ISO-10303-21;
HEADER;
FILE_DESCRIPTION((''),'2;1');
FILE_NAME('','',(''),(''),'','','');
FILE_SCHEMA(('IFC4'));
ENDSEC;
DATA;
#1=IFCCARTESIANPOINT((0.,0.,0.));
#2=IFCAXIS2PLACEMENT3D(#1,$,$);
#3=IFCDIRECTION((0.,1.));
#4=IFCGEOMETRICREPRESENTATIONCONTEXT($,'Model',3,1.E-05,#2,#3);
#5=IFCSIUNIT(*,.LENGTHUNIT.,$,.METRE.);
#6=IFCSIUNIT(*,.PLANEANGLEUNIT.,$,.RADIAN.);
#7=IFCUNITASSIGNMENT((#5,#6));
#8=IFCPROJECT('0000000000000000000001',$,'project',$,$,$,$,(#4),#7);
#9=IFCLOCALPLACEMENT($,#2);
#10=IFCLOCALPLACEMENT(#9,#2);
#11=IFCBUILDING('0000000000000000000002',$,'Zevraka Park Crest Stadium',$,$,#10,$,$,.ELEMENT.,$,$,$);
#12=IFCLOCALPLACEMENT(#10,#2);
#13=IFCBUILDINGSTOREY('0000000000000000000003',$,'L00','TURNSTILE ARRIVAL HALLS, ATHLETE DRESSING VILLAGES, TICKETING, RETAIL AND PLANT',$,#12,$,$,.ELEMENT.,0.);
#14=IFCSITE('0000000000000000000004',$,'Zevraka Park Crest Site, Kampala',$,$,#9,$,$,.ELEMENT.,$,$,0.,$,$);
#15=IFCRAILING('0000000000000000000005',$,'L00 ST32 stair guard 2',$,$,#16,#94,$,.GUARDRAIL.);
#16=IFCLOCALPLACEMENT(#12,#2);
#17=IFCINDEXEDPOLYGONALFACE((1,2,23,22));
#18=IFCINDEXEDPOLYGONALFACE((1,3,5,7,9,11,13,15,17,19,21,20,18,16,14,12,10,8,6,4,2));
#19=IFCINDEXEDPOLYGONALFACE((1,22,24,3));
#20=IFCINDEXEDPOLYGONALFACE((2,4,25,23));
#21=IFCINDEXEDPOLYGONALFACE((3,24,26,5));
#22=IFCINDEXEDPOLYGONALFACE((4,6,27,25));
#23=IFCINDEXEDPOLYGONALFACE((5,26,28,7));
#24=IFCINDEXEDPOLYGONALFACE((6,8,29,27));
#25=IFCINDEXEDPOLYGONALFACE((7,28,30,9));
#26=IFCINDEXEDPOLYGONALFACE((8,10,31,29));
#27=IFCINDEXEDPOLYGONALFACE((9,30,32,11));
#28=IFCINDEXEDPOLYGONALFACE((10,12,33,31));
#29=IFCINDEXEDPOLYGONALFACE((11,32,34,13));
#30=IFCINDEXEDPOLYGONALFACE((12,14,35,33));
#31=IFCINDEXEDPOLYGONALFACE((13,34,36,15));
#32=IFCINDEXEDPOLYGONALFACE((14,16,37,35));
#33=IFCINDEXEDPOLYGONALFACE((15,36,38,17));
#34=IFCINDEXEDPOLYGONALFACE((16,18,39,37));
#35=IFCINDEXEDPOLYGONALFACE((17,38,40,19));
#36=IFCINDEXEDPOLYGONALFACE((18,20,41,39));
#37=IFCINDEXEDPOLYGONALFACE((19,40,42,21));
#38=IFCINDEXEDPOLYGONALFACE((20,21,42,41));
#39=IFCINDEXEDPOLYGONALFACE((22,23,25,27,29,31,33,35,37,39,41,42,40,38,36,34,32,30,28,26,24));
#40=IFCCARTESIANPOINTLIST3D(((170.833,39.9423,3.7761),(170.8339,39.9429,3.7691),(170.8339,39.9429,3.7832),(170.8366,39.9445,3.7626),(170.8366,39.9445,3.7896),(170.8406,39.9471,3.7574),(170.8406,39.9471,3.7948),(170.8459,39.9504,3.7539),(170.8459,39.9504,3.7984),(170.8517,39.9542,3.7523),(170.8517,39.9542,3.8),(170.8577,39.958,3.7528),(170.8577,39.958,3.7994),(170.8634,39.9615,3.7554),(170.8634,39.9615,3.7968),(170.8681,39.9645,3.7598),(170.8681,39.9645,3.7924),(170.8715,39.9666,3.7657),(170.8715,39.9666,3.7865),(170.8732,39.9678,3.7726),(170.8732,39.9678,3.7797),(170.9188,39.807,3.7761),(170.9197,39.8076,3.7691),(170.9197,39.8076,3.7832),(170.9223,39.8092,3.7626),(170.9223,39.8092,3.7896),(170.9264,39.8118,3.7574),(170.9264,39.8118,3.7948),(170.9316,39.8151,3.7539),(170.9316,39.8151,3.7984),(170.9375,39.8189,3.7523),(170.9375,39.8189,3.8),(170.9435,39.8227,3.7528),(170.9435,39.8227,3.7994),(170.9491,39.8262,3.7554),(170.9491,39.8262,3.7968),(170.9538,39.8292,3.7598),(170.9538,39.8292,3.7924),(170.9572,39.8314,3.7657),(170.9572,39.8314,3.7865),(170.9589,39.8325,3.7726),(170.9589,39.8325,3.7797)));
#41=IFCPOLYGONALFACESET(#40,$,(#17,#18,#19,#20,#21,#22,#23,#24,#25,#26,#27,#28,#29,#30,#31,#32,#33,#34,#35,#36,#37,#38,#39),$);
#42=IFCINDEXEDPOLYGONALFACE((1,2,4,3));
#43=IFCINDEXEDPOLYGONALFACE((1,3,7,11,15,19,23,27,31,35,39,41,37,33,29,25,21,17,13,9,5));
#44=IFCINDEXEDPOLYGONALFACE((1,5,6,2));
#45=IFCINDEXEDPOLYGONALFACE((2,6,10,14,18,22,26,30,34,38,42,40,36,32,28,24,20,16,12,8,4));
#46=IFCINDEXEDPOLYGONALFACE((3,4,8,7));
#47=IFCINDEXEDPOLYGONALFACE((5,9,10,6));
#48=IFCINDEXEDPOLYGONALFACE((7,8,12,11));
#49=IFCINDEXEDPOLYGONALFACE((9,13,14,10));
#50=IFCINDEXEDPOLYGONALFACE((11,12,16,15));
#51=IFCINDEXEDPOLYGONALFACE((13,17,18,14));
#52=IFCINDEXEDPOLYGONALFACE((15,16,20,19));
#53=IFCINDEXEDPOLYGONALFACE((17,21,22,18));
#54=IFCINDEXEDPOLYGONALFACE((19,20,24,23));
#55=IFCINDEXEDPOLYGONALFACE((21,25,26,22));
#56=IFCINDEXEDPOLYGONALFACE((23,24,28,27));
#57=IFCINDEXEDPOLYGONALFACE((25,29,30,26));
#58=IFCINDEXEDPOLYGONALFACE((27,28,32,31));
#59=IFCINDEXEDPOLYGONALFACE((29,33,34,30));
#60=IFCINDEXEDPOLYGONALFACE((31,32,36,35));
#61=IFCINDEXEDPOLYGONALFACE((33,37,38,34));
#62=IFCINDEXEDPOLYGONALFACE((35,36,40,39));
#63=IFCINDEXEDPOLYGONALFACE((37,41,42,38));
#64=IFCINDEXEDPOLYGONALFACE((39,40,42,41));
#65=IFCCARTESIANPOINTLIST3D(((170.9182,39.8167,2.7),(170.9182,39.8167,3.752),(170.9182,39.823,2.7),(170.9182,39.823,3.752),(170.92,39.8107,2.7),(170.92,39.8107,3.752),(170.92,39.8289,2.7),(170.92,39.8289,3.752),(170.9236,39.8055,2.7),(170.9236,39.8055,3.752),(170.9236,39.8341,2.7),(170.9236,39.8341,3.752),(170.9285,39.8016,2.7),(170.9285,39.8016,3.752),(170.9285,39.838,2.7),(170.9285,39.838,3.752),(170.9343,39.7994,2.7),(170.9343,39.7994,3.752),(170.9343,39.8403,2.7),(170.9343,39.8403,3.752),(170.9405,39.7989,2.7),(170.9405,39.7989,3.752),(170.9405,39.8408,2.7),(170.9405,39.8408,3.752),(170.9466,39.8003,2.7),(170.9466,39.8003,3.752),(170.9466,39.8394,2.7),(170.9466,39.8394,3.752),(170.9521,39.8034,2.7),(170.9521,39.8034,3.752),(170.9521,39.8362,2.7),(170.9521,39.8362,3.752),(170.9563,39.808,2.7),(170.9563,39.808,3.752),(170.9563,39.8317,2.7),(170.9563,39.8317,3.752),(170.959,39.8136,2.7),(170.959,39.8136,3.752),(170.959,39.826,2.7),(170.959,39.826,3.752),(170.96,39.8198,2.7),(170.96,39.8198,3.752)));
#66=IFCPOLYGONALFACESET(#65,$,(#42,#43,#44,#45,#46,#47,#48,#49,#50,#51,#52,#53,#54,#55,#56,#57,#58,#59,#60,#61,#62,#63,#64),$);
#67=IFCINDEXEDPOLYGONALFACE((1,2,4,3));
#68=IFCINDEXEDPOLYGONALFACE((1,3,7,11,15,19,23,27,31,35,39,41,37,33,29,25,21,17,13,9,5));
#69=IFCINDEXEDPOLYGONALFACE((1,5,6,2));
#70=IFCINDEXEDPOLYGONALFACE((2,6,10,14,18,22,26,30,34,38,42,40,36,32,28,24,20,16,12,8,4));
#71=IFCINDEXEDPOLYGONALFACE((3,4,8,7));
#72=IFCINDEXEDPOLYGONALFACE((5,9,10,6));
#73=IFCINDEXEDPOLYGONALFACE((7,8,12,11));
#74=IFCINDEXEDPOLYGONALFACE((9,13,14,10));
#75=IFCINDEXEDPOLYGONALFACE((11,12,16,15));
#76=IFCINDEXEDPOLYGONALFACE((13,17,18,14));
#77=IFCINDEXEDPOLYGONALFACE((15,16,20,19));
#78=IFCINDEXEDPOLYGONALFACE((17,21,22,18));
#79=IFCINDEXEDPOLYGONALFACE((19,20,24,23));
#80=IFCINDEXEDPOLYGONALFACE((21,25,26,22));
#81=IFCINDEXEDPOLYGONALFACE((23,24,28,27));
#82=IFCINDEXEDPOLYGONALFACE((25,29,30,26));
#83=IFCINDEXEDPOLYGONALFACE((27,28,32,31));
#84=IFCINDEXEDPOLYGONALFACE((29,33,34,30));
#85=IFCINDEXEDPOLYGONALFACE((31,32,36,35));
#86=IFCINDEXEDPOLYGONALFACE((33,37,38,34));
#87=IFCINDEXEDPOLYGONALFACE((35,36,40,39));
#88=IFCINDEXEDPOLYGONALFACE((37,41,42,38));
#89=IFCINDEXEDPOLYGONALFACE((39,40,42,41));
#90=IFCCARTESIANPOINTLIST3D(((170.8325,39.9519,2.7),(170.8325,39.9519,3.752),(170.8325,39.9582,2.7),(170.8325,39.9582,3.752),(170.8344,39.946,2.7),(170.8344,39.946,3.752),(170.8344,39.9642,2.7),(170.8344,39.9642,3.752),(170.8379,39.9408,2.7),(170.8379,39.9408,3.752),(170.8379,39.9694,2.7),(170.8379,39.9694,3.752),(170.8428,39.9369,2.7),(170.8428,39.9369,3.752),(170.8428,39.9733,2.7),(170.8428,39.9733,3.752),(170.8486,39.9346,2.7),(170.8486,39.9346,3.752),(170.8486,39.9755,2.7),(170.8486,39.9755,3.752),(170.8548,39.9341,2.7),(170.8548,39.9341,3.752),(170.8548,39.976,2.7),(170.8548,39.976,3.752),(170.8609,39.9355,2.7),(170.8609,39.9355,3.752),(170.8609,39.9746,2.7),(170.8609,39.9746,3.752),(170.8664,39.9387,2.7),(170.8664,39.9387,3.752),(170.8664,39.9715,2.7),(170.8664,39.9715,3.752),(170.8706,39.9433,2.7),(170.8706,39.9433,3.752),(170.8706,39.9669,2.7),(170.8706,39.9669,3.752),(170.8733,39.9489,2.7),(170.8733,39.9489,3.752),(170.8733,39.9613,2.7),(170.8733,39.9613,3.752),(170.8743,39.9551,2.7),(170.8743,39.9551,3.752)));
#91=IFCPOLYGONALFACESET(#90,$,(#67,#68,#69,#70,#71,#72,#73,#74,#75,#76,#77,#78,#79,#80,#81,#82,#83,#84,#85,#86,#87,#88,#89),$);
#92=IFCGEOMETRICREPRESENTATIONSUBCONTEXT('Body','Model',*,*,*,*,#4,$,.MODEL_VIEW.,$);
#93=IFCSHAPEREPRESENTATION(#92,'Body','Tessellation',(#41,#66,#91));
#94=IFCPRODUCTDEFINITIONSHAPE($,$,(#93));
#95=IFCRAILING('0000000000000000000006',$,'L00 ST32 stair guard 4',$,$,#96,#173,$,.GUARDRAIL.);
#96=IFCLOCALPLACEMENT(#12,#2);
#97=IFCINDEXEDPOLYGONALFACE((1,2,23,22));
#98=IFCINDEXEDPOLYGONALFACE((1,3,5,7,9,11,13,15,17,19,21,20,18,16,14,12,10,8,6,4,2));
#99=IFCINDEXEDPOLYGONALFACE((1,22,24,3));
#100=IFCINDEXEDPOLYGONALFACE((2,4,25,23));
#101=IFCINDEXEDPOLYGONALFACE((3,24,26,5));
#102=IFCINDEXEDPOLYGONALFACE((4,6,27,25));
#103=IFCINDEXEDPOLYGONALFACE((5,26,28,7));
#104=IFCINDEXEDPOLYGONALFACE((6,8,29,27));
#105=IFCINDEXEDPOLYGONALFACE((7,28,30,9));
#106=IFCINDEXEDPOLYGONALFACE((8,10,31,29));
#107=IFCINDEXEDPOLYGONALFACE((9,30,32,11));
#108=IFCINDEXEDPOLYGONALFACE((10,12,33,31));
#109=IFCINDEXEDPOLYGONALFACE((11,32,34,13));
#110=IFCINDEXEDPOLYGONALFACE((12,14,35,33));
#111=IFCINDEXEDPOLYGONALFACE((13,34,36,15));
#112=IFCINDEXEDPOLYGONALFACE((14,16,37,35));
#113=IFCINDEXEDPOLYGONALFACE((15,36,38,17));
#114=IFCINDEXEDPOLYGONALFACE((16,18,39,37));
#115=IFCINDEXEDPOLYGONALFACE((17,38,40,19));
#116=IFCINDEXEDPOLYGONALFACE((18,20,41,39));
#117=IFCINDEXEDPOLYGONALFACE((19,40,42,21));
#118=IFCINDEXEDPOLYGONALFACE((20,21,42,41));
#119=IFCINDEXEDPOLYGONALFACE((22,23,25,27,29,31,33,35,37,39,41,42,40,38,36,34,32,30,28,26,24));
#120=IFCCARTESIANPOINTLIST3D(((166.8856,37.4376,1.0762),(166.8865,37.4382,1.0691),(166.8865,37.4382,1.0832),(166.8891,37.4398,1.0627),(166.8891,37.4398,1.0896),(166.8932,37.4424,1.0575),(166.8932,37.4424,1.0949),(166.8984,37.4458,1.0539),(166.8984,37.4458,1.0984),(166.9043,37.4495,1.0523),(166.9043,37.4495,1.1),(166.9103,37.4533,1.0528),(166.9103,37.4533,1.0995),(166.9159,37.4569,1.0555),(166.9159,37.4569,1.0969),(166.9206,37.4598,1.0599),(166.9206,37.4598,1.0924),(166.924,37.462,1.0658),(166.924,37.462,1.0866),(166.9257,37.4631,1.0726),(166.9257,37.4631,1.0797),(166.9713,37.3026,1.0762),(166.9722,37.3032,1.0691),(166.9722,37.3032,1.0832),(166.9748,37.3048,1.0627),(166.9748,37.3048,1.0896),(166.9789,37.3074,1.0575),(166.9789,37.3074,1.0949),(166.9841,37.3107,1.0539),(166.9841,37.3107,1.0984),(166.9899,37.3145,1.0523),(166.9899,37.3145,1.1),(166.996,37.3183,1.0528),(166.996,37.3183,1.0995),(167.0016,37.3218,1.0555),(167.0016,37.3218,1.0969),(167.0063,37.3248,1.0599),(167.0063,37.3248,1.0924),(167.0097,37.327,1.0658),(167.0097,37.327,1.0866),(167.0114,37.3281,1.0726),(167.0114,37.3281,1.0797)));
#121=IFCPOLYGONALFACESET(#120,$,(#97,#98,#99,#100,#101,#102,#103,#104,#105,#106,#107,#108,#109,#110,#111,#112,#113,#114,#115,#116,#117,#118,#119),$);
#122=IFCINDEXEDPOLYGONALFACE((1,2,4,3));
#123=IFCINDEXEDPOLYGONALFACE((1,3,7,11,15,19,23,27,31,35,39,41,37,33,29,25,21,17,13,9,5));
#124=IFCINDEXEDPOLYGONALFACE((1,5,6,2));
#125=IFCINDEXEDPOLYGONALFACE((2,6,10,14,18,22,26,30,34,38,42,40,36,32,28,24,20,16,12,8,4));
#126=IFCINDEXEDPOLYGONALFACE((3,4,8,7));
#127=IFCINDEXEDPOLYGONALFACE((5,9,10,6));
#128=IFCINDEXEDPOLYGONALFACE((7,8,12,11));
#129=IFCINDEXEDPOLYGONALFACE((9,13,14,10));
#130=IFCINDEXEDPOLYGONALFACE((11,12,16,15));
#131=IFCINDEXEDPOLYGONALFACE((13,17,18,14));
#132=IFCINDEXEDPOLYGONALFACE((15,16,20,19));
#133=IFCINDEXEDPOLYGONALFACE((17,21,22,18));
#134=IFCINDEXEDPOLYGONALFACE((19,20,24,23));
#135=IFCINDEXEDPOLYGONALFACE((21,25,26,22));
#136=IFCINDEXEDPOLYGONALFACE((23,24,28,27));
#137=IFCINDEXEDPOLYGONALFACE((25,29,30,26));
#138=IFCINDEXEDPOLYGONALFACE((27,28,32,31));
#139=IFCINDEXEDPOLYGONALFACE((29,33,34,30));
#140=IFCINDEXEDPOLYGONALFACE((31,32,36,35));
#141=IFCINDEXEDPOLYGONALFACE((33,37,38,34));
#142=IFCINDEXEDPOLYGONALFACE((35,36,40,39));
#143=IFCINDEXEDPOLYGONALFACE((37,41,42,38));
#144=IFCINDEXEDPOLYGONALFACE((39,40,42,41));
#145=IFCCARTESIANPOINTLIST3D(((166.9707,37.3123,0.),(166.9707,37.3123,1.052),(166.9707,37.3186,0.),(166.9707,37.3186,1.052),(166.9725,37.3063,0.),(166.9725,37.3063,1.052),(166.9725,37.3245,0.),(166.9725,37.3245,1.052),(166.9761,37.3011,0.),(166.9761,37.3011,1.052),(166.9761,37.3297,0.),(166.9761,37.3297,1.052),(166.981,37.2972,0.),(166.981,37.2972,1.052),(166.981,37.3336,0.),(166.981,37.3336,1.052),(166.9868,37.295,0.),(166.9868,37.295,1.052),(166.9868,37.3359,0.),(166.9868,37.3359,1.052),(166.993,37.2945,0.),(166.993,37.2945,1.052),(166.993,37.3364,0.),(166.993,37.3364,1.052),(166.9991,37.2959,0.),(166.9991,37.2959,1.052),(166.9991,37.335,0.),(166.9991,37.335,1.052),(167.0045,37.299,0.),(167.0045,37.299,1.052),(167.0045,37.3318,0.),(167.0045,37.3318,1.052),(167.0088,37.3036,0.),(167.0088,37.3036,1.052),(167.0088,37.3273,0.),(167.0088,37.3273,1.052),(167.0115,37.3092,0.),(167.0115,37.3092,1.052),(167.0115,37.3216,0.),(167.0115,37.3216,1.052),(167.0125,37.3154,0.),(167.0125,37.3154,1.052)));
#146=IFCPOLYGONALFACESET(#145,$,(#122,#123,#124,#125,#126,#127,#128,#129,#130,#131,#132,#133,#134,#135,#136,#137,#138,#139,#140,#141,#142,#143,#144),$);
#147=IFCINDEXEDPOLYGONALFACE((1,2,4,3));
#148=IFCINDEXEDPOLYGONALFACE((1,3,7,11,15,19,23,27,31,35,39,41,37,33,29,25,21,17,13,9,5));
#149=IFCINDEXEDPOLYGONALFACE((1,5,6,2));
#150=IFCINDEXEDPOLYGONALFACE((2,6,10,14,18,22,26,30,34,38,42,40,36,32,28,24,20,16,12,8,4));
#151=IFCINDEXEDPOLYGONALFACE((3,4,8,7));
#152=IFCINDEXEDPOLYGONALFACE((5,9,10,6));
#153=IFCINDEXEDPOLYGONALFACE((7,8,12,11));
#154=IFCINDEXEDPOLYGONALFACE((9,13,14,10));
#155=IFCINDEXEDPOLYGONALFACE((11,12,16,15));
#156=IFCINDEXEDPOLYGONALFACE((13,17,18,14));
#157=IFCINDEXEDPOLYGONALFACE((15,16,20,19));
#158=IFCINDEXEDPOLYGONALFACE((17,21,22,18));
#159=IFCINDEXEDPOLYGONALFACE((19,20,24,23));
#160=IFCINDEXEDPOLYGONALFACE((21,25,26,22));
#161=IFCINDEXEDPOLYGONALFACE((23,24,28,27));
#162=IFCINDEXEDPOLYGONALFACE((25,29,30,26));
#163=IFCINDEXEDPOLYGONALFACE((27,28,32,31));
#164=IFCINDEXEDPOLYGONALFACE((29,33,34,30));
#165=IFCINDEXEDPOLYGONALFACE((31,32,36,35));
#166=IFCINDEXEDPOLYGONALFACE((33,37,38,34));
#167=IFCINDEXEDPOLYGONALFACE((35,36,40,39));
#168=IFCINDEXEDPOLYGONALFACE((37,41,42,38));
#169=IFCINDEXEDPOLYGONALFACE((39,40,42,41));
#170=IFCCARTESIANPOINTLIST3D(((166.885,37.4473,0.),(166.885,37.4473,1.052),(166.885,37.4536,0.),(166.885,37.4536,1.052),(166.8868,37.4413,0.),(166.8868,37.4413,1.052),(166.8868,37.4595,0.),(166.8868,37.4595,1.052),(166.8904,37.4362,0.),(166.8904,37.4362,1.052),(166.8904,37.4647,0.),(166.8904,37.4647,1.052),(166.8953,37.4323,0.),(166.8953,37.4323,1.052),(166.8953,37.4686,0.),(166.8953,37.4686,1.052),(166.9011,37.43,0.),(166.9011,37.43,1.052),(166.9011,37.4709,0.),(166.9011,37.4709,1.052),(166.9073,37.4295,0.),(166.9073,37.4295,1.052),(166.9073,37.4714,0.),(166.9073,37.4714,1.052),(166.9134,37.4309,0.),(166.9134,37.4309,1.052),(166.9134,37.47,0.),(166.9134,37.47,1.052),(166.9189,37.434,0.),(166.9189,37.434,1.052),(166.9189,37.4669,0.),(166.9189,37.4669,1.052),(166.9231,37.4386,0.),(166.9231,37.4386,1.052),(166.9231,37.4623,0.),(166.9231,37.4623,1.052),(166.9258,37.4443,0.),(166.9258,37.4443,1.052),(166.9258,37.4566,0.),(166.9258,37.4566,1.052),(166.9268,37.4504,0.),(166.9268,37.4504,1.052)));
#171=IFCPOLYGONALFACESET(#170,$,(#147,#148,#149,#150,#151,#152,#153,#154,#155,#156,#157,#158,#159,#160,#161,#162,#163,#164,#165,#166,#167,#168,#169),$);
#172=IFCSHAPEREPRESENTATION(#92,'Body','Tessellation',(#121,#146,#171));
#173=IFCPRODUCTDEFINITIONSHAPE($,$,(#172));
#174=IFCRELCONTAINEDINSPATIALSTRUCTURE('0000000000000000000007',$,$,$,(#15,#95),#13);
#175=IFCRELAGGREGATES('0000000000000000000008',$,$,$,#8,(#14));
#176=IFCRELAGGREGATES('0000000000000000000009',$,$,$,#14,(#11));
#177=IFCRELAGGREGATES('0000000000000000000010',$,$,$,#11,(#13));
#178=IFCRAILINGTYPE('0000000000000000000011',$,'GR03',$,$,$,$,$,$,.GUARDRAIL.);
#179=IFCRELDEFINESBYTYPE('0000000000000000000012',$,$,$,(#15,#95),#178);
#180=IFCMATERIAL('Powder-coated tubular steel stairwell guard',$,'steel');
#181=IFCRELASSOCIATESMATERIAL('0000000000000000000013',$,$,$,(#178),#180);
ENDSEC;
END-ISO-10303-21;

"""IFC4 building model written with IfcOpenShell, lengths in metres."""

from ifc_helpers import new_model, si_unit, direction, frame, origin, origin_2d, place, context, subcontext, project, spatial, circle, extrude, material, type_object, element, save


model = new_model("IFC4")

# Units and contexts
model_context = context("Model", 3, precision=1e-05, world=origin(), true_north=direction((0.0, 1.0)))
body_context = subcontext(model_context, "Body", "Model", "MODEL_VIEW")
ifc_project = project(units=[si_unit("LENGTHUNIT", "METRE"), si_unit("PLANEANGLEUNIT", "RADIAN")], contexts=[model_context])

# Site, building, storey
site_placement = place(None, origin())
site = spatial("IfcSite", under=ifc_project, at=site_placement, Name="Zevraka Park Crest Site, Kampala", CompositionType="ELEMENT", RefElevation=0.0)
building_placement = place(site_placement, origin())
building = spatial("IfcBuilding", under=site, at=building_placement, Name="Zevraka Park Crest Stadium", CompositionType="ELEMENT")
storey_placement = place(building_placement, origin())
storey = spatial("IfcBuildingStorey", under=building, at=storey_placement, Name="L00", Description="TURNSTILE ARRIVAL HALLS, ATHLETE DRESSING VILLAGES, TICKETING, RETAIL AND PLANT", CompositionType="ELEMENT", Elevation=0.0)

# Railings
ifc_material_1 = material(Name="Powder-coated tubular steel stairwell guard", Category="steel")
railing_type_1 = type_object("IfcRailingType", Name="GR03", PredefinedType="GUARDRAIL", material=ifc_material_1)
railing_1_placement = place(storey_placement, frame((170.939, 39.8198, 2.7)))
element("IfcRailing", 1, at=railing_1_placement, inside=storey, type_object=railing_type_1, Name="L00 ST32 stair guard 2", PredefinedType="GUARDRAIL", context=body_context, shape_type="SweptSolid", body=[
    extrude(circle(Radius=0.0239, at=origin_2d()), frame((0.0, 0.0, 1.0762), z_axis=(-0.535197, 0.844727, 0.0), x_axis=(-0.844727, -0.535197, 0.0)), (0.0, 0.0, 1.0), 0.1602),
    extrude(circle(Radius=0.021, at=origin_2d()), origin(), (0.0, 0.0, 1.0), 1.052),
    extrude(circle(Radius=0.021, at=origin_2d()), frame((-0.0857, 0.1353, 0.0)), (0.0, 0.0, 1.0), 1.052),
])
railing_2_placement = place(storey_placement, frame((166.9915, 37.3154, 0.0)))
element("IfcRailing", 2, at=railing_2_placement, inside=storey, type_object=railing_type_1, Name="L00 ST32 stair guard 4", PredefinedType="GUARDRAIL", context=body_context, shape_type="SweptSolid", body=[
    extrude(circle(Radius=0.0239, at=origin_2d()), frame((0.0, 0.0, 1.0762), z_axis=(-0.535887, 0.84429, 0.0), x_axis=(-0.84429, -0.535887, 0.0)), (0.0, 0.0, 1.0), 0.1599),
    extrude(circle(Radius=0.021, at=origin_2d()), origin(), (0.0, 0.0, 1.0), 1.052),
    extrude(circle(Radius=0.021, at=origin_2d()), frame((-0.0857, 0.135, 0.0)), (0.0, 0.0, 1.0), 1.052),
])

save(model, "model.ifc")
